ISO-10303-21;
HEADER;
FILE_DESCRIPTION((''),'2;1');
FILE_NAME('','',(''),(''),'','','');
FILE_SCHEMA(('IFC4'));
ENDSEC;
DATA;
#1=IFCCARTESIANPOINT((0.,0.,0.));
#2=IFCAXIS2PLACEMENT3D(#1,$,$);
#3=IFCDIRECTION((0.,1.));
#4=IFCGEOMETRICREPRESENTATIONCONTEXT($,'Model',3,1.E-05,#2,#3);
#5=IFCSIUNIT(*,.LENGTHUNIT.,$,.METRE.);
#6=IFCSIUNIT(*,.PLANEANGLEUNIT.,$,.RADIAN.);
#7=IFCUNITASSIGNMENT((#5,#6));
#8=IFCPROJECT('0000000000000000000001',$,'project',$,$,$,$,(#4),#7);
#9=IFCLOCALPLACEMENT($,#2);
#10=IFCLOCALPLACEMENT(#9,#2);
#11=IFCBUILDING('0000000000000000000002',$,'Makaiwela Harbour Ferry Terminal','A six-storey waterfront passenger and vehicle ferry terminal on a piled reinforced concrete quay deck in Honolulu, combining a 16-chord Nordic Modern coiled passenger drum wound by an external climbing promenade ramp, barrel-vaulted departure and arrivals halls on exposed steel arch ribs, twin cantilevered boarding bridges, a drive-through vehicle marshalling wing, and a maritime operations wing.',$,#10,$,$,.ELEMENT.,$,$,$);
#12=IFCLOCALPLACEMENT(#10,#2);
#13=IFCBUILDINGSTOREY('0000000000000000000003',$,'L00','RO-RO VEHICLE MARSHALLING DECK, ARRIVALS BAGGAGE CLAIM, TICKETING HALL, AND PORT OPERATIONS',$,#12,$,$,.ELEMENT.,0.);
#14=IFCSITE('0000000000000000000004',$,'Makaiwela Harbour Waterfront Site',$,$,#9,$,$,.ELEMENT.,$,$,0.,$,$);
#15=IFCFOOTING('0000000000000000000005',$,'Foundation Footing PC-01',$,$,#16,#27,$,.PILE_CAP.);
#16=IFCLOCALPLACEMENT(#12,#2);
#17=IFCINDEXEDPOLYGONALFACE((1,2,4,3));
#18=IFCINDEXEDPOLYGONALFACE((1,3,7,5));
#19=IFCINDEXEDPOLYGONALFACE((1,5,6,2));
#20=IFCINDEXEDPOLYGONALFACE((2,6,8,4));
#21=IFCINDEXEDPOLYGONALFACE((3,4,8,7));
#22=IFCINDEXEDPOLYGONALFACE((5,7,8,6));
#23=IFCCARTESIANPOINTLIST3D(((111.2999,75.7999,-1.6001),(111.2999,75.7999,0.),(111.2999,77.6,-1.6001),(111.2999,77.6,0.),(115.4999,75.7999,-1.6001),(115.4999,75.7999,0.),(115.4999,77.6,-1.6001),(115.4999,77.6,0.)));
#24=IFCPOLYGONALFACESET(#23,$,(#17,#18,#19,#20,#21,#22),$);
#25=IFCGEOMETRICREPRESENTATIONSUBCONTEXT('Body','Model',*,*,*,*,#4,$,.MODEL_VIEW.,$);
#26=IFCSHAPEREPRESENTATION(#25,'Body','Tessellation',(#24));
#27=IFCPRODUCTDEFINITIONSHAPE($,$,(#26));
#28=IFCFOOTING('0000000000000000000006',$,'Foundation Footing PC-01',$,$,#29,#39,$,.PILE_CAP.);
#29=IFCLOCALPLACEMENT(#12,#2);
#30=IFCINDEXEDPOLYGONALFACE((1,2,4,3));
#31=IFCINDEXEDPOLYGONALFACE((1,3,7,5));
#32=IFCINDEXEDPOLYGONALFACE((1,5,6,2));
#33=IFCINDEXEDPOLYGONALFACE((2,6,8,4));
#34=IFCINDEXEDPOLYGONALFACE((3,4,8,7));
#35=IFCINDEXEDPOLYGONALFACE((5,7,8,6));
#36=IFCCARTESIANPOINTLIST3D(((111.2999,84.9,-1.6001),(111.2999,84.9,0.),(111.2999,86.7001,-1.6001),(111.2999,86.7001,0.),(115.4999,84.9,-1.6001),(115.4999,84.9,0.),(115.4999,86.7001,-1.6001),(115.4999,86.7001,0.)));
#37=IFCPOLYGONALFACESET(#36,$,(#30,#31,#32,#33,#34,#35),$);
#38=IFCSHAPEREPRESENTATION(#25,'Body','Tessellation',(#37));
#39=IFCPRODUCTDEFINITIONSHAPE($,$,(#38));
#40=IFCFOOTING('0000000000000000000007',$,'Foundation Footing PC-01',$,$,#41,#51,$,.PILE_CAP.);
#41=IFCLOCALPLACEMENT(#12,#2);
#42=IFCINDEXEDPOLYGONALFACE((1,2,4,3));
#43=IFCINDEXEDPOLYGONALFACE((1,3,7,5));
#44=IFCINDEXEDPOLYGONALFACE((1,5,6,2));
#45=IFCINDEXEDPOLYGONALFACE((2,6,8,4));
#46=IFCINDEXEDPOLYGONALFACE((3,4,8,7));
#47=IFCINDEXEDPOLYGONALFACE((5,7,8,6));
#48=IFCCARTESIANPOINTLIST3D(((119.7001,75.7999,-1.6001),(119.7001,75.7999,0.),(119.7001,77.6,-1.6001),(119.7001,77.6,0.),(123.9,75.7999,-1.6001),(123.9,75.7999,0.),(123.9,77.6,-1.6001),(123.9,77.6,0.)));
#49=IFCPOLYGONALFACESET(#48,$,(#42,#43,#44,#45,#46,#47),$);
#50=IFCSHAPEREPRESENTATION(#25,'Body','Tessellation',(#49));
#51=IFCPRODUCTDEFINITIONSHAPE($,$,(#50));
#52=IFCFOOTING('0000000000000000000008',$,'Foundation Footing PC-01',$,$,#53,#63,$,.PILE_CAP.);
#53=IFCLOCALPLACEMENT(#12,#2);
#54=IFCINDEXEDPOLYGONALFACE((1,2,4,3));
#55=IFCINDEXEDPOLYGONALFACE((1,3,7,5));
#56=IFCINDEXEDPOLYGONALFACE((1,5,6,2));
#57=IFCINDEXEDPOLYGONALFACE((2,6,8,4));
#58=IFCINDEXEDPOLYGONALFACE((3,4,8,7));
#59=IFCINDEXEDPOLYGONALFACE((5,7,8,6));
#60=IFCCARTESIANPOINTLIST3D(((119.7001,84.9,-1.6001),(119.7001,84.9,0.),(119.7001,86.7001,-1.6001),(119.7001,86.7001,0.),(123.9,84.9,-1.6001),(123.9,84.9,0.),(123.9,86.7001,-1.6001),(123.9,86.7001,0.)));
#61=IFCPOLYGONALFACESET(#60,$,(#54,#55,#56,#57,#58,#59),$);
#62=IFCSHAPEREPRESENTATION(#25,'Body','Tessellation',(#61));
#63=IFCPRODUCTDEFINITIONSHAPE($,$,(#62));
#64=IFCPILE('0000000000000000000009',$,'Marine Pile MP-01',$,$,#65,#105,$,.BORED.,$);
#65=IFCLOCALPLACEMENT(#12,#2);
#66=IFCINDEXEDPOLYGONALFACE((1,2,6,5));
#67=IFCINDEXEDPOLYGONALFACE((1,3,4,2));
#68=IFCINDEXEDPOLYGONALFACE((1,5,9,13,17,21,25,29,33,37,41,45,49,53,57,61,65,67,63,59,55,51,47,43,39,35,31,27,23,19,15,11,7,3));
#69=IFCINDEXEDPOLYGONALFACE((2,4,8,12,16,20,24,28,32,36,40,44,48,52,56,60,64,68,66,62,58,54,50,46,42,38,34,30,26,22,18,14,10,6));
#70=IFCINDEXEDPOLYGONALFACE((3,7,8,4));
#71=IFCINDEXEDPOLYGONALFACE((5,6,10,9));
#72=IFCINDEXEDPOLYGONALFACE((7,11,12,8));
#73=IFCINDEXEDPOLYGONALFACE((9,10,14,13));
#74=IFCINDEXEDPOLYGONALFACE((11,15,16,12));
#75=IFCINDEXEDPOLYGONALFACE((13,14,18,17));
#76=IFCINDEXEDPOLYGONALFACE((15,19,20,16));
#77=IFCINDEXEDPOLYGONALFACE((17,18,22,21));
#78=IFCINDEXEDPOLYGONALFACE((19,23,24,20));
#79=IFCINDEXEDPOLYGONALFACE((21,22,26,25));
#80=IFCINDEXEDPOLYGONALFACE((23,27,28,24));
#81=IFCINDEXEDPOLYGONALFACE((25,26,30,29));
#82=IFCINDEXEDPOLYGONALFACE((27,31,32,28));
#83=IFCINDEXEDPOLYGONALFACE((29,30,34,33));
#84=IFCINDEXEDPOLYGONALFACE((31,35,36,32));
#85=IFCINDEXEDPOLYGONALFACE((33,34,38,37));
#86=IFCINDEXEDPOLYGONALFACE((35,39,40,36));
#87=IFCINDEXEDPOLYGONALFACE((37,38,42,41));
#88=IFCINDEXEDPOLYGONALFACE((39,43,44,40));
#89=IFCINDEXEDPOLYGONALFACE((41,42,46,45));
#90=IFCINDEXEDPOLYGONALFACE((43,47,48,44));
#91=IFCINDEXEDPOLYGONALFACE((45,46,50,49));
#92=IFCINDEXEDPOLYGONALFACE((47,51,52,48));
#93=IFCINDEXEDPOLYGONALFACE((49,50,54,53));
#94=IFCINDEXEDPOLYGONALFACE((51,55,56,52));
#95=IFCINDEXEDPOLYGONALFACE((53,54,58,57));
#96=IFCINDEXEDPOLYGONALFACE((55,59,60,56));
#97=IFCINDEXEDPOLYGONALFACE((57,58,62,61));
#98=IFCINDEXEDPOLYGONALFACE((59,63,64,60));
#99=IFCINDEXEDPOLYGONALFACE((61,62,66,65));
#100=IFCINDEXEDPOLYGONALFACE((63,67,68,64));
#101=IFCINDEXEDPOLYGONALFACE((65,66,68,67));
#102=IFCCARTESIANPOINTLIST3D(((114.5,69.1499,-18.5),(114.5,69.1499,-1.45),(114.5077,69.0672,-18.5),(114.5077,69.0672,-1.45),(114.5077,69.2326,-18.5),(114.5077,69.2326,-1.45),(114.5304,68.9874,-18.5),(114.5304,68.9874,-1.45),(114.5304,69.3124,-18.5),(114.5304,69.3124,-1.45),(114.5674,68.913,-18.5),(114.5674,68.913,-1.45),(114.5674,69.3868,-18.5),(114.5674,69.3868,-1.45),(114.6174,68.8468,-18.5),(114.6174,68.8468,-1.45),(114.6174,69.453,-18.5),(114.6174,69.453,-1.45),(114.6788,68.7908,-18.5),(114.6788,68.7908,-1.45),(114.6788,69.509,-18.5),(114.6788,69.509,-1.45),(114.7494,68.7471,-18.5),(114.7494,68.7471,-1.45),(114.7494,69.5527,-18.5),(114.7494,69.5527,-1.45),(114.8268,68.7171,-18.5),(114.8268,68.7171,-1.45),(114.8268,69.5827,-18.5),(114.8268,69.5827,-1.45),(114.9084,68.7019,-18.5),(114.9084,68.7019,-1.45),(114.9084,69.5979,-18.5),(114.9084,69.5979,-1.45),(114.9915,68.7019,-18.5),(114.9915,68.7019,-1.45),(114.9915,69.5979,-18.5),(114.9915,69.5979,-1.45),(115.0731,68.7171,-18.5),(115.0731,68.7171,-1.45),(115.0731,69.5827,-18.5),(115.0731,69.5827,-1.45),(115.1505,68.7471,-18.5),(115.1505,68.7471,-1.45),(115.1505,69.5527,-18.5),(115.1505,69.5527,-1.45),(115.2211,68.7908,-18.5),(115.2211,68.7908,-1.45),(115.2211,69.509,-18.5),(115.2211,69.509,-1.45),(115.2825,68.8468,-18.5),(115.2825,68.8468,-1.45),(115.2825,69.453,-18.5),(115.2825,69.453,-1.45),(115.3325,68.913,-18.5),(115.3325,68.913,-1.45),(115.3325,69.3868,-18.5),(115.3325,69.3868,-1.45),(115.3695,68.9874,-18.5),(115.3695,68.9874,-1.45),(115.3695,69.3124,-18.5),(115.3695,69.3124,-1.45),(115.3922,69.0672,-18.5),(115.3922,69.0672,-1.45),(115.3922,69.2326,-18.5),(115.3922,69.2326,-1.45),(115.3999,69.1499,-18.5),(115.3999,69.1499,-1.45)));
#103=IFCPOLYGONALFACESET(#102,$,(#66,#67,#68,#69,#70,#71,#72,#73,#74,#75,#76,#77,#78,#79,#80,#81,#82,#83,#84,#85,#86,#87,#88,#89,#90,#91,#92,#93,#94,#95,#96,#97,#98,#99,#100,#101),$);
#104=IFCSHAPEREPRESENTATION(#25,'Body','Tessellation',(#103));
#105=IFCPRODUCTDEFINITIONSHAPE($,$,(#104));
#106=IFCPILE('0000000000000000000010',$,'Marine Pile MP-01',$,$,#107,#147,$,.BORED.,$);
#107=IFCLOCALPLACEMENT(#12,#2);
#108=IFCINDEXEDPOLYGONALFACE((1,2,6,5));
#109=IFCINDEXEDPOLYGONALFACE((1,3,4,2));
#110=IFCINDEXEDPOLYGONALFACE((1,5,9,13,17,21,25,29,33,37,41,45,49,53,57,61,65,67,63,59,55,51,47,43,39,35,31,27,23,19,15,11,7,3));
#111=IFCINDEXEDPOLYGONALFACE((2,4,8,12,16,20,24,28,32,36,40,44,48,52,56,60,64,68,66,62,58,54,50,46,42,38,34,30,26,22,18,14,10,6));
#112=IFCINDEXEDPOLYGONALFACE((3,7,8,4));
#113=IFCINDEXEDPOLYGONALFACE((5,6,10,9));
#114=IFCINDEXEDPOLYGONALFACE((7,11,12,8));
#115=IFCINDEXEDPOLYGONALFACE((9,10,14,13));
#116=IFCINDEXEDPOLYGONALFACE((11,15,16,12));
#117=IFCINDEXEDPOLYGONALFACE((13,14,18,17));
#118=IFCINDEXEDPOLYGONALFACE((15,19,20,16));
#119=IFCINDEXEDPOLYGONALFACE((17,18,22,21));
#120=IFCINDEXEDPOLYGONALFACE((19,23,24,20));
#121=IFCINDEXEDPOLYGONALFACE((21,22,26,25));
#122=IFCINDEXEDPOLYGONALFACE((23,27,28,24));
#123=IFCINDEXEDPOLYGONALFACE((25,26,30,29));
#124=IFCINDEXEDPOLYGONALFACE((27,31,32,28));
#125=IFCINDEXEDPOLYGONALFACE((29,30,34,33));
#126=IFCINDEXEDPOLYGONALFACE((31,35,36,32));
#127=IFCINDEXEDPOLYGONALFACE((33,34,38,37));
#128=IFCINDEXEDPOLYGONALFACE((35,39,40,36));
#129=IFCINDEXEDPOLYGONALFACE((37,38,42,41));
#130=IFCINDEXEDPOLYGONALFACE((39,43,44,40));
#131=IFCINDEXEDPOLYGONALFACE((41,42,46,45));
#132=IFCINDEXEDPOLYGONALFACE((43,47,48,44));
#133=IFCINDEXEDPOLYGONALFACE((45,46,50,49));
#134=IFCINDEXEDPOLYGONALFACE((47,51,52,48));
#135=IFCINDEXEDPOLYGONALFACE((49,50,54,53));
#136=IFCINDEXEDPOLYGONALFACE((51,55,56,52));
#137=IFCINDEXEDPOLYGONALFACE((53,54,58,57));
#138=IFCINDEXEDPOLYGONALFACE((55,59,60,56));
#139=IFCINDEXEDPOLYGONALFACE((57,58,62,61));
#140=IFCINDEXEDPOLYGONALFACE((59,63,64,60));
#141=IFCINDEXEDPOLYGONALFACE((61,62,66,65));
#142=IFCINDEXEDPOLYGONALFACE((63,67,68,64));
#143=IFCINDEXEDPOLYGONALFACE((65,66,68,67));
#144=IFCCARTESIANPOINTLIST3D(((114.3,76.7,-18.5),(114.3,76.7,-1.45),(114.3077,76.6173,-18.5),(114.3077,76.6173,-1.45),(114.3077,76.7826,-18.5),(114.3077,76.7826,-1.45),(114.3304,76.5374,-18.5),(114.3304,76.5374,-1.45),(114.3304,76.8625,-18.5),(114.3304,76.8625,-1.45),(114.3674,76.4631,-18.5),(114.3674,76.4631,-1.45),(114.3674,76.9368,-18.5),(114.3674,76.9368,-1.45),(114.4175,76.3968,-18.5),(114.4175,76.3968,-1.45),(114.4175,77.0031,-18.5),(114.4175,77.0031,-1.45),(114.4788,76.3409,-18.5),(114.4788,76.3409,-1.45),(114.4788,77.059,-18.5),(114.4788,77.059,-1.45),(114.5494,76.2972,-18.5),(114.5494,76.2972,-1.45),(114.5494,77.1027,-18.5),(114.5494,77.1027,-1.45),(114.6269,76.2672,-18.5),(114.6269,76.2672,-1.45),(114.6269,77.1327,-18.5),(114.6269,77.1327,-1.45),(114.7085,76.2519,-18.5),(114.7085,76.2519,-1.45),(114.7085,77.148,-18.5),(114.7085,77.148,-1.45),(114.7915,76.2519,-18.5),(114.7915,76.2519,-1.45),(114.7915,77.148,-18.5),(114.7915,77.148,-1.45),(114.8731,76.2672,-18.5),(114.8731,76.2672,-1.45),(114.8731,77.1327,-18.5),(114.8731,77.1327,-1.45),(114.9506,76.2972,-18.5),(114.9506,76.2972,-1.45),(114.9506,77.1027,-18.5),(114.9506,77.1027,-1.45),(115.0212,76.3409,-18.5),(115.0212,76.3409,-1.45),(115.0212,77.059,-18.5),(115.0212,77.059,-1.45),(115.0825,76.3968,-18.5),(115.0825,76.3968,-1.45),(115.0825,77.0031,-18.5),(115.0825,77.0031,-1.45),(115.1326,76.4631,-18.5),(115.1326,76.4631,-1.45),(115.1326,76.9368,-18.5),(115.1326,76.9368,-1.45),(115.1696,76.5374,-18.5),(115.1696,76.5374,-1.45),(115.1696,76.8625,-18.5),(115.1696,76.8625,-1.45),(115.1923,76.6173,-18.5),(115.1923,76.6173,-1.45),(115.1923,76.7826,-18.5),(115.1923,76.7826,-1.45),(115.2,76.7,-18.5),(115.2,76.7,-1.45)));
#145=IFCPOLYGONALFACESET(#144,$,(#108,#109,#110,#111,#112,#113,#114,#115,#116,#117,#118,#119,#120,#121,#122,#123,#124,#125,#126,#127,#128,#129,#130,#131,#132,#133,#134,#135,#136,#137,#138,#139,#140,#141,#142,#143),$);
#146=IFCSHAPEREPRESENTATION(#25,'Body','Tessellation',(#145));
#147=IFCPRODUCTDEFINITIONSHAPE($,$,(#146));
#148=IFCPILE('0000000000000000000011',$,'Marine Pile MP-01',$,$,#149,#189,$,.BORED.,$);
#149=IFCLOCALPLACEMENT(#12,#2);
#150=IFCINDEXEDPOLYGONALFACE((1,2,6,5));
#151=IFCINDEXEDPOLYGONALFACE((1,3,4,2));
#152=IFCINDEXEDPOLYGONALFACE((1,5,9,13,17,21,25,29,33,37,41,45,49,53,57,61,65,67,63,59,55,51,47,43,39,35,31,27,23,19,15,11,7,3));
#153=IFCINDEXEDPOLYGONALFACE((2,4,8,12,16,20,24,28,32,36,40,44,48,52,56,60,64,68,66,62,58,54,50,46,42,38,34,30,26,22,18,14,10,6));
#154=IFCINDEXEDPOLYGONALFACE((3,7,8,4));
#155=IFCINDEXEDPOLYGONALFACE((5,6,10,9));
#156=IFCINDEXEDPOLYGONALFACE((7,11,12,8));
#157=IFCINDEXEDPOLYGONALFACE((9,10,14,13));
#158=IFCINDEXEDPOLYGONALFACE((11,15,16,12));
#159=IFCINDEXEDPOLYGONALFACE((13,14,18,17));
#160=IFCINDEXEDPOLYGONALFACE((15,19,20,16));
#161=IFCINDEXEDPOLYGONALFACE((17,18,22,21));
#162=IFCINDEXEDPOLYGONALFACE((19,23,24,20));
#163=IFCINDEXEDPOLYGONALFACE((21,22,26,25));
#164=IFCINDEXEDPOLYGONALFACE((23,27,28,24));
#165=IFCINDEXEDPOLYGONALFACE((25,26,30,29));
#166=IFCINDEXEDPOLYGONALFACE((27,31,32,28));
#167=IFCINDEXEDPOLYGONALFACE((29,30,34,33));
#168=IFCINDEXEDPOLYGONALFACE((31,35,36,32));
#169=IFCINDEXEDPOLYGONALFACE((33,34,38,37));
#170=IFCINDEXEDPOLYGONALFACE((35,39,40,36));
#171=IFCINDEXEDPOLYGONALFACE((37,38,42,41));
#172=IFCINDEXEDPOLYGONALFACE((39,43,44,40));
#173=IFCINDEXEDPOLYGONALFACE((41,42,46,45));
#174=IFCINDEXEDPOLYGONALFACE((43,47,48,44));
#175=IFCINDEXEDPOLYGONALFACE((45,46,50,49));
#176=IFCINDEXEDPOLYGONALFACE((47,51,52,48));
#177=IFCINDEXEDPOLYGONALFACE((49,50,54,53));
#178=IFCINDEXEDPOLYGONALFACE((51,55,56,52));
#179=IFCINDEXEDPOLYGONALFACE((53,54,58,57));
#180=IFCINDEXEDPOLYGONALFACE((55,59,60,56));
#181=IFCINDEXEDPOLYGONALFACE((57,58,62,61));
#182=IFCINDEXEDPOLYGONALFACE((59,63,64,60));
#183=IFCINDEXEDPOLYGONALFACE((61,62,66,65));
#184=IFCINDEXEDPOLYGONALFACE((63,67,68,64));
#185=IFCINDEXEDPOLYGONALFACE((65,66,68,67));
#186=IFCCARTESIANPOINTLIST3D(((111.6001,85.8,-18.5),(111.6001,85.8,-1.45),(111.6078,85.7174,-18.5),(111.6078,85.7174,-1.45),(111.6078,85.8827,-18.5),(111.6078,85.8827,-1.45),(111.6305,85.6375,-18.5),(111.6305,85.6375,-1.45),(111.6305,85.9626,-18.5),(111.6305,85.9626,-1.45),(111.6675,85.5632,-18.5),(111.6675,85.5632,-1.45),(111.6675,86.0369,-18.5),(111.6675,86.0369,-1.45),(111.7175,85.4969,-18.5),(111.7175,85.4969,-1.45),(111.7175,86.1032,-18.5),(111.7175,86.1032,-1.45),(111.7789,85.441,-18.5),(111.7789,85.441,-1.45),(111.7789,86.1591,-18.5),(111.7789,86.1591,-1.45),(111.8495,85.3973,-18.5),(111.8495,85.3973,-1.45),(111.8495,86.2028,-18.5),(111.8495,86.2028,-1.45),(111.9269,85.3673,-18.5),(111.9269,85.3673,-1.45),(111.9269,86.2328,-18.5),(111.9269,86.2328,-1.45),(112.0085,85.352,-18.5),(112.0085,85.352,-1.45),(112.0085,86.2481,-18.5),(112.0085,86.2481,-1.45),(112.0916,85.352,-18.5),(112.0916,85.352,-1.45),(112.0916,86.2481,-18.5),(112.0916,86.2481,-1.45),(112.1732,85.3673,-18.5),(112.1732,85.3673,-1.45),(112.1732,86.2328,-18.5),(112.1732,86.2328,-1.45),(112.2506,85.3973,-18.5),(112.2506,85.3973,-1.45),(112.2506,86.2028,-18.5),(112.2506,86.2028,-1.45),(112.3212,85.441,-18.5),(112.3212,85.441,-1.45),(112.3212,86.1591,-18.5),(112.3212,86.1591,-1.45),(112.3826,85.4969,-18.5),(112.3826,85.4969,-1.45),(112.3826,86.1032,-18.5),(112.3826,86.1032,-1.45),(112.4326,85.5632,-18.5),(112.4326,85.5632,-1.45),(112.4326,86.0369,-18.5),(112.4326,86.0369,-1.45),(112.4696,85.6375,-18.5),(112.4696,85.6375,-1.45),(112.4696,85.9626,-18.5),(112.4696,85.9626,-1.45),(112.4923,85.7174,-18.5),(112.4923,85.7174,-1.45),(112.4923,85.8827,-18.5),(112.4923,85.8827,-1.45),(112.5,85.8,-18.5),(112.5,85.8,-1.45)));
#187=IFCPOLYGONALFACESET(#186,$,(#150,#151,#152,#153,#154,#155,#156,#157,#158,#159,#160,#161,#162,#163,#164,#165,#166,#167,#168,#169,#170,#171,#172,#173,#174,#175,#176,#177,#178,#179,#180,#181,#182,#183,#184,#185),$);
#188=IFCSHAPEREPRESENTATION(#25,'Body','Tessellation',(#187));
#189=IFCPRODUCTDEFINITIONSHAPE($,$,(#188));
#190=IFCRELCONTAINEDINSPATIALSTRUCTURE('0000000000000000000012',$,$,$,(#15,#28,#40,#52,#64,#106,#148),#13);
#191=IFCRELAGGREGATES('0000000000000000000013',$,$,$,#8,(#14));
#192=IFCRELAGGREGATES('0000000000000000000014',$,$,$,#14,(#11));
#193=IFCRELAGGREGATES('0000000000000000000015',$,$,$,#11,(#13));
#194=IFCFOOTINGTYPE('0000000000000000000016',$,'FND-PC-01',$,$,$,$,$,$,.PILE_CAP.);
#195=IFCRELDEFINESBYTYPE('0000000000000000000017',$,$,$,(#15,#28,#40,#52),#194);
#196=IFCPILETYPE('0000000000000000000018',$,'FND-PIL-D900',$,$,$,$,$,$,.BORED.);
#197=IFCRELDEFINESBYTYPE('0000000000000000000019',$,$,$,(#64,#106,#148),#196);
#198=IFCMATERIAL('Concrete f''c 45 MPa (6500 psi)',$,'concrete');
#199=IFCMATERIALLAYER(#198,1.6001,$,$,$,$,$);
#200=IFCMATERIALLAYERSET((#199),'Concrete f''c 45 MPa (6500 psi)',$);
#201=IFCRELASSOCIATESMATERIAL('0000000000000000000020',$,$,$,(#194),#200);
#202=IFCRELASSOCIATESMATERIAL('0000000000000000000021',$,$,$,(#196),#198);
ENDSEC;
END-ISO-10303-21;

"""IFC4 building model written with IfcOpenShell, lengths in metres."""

from ifc_helpers import new_model, si_unit, direction, frame, origin, origin_2d, place, context, subcontext, project, spatial, rectangle, circle, extrude, material, layer, layer_set, material_profile, profile_set, type_object, element, save


model = new_model("IFC4")

# Units and contexts
model_context = context("Model", 3, precision=1e-05, world=origin(), true_north=direction((0.0, 1.0)))
body_context = subcontext(model_context, "Body", "Model", "MODEL_VIEW")
ifc_project = project(units=[si_unit("LENGTHUNIT", "METRE"), si_unit("PLANEANGLEUNIT", "RADIAN")], contexts=[model_context])

# Site, building, storey
site_placement = place(None, origin())
site = spatial("IfcSite", under=ifc_project, at=site_placement, Name="Makaiwela Harbour Waterfront Site", CompositionType="ELEMENT", RefElevation=0.0)
building_placement = place(site_placement, origin())
building = spatial("IfcBuilding", under=site, at=building_placement, Name="Makaiwela Harbour Ferry Terminal", Description="A six-storey waterfront passenger and vehicle ferry terminal on a piled reinforced concrete quay deck in Honolulu, combining a 16-chord Nordic Modern coiled passenger drum wound by an external climbing promenade ramp, barrel-vaulted departure and arrivals halls on exposed steel arch ribs, twin cantilevered boarding bridges, a drive-through vehicle marshalling wing, and a maritime operations wing.", CompositionType="ELEMENT")
storey_placement = place(building_placement, origin())
storey = spatial("IfcBuildingStorey", under=building, at=storey_placement, Name="L00", Description="RO-RO VEHICLE MARSHALLING DECK, ARRIVALS BAGGAGE CLAIM, TICKETING HALL, AND PORT OPERATIONS", CompositionType="ELEMENT", Elevation=0.0)

# Footings
ifc_material_1 = material(Name="Concrete f'c 45 MPa (6500 psi)", Category="concrete")
ifc_layer_1 = layer(ifc_material_1, 1.6001)
ifc_layer_set_1 = layer_set([ifc_layer_1], Name="Concrete f'c 45 MPa (6500 psi)")
footing_type_1 = type_object("IfcFootingType", Name="FND-PC-01", PredefinedType="PILE_CAP", material=ifc_layer_set_1)
for number, where, z_axis, x_axis, name in (
    (1, (113.3999, 76.7, -1.6001), (0.0, 0.0, 1.0), (1.0, 0.0, 0.0), "Foundation Footing PC-01"),
    (2, (113.3999, 85.8, -1.6001), (0.0, 0.0, 1.0), (1.0, 0.0, 0.0), "Foundation Footing PC-01"),
    (3, (121.8, 76.7, -1.6001), (0.0, 0.0, 1.0), (1.0, 0.0, 0.0), "Foundation Footing PC-01"),
    (4, (121.8, 85.8, -1.6001), (0.0, 0.0, 1.0), (1.0, 0.0, 0.0), "Foundation Footing PC-01"),
):
    element("IfcFooting", number, at=place(storey_placement, frame(where, z_axis=z_axis, x_axis=x_axis)), inside=storey, type_object=footing_type_1, Name=name, PredefinedType="PILE_CAP", context=body_context, shape_type="SweptSolid", body=[
        extrude(rectangle(XDim=4.2, YDim=1.8, at=origin_2d()), origin(), (0.0, 0.0, 1.0), 1.6001),
    ])

# Piles
ifc_material_profile_1 = material_profile(ifc_material_1, circle(Radius=0.45, at=origin_2d()), Name="PILE-D900")
ifc_profile_set_1 = profile_set([ifc_material_profile_1], Name="Concrete f'c 45 MPa (6500 psi)")
pile_type = type_object("IfcPileType", Name="FND-PIL-D900", PredefinedType="BORED", material=ifc_profile_set_1)
for number, where, z_axis, x_axis, name in (
    (5, (114.95, 69.1499, -1.45), (0.0, 0.0, -1.0), (1.0, 0.0, 0.0), "Marine Pile MP-01"),
    (6, (114.75, 76.7, -1.45), (0.0, 0.0, -1.0), (1.0, 0.0, 0.0), "Marine Pile MP-01"),
    (7, (112.05, 85.8, -1.45), (0.0, 0.0, -1.0), (1.0, 0.0, 0.0), "Marine Pile MP-01"),
):
    element("IfcPile", number, at=place(storey_placement, frame(where, z_axis=z_axis, x_axis=x_axis)), inside=storey, type_object=pile_type, Name=name, PredefinedType="BORED", context=body_context, shape_type="SweptSolid", body=[
        extrude(circle(Radius=0.45, at=origin_2d()), origin(), (0.0, 0.0, 1.0), 17.05),
    ])

save(model, "model.ifc")
